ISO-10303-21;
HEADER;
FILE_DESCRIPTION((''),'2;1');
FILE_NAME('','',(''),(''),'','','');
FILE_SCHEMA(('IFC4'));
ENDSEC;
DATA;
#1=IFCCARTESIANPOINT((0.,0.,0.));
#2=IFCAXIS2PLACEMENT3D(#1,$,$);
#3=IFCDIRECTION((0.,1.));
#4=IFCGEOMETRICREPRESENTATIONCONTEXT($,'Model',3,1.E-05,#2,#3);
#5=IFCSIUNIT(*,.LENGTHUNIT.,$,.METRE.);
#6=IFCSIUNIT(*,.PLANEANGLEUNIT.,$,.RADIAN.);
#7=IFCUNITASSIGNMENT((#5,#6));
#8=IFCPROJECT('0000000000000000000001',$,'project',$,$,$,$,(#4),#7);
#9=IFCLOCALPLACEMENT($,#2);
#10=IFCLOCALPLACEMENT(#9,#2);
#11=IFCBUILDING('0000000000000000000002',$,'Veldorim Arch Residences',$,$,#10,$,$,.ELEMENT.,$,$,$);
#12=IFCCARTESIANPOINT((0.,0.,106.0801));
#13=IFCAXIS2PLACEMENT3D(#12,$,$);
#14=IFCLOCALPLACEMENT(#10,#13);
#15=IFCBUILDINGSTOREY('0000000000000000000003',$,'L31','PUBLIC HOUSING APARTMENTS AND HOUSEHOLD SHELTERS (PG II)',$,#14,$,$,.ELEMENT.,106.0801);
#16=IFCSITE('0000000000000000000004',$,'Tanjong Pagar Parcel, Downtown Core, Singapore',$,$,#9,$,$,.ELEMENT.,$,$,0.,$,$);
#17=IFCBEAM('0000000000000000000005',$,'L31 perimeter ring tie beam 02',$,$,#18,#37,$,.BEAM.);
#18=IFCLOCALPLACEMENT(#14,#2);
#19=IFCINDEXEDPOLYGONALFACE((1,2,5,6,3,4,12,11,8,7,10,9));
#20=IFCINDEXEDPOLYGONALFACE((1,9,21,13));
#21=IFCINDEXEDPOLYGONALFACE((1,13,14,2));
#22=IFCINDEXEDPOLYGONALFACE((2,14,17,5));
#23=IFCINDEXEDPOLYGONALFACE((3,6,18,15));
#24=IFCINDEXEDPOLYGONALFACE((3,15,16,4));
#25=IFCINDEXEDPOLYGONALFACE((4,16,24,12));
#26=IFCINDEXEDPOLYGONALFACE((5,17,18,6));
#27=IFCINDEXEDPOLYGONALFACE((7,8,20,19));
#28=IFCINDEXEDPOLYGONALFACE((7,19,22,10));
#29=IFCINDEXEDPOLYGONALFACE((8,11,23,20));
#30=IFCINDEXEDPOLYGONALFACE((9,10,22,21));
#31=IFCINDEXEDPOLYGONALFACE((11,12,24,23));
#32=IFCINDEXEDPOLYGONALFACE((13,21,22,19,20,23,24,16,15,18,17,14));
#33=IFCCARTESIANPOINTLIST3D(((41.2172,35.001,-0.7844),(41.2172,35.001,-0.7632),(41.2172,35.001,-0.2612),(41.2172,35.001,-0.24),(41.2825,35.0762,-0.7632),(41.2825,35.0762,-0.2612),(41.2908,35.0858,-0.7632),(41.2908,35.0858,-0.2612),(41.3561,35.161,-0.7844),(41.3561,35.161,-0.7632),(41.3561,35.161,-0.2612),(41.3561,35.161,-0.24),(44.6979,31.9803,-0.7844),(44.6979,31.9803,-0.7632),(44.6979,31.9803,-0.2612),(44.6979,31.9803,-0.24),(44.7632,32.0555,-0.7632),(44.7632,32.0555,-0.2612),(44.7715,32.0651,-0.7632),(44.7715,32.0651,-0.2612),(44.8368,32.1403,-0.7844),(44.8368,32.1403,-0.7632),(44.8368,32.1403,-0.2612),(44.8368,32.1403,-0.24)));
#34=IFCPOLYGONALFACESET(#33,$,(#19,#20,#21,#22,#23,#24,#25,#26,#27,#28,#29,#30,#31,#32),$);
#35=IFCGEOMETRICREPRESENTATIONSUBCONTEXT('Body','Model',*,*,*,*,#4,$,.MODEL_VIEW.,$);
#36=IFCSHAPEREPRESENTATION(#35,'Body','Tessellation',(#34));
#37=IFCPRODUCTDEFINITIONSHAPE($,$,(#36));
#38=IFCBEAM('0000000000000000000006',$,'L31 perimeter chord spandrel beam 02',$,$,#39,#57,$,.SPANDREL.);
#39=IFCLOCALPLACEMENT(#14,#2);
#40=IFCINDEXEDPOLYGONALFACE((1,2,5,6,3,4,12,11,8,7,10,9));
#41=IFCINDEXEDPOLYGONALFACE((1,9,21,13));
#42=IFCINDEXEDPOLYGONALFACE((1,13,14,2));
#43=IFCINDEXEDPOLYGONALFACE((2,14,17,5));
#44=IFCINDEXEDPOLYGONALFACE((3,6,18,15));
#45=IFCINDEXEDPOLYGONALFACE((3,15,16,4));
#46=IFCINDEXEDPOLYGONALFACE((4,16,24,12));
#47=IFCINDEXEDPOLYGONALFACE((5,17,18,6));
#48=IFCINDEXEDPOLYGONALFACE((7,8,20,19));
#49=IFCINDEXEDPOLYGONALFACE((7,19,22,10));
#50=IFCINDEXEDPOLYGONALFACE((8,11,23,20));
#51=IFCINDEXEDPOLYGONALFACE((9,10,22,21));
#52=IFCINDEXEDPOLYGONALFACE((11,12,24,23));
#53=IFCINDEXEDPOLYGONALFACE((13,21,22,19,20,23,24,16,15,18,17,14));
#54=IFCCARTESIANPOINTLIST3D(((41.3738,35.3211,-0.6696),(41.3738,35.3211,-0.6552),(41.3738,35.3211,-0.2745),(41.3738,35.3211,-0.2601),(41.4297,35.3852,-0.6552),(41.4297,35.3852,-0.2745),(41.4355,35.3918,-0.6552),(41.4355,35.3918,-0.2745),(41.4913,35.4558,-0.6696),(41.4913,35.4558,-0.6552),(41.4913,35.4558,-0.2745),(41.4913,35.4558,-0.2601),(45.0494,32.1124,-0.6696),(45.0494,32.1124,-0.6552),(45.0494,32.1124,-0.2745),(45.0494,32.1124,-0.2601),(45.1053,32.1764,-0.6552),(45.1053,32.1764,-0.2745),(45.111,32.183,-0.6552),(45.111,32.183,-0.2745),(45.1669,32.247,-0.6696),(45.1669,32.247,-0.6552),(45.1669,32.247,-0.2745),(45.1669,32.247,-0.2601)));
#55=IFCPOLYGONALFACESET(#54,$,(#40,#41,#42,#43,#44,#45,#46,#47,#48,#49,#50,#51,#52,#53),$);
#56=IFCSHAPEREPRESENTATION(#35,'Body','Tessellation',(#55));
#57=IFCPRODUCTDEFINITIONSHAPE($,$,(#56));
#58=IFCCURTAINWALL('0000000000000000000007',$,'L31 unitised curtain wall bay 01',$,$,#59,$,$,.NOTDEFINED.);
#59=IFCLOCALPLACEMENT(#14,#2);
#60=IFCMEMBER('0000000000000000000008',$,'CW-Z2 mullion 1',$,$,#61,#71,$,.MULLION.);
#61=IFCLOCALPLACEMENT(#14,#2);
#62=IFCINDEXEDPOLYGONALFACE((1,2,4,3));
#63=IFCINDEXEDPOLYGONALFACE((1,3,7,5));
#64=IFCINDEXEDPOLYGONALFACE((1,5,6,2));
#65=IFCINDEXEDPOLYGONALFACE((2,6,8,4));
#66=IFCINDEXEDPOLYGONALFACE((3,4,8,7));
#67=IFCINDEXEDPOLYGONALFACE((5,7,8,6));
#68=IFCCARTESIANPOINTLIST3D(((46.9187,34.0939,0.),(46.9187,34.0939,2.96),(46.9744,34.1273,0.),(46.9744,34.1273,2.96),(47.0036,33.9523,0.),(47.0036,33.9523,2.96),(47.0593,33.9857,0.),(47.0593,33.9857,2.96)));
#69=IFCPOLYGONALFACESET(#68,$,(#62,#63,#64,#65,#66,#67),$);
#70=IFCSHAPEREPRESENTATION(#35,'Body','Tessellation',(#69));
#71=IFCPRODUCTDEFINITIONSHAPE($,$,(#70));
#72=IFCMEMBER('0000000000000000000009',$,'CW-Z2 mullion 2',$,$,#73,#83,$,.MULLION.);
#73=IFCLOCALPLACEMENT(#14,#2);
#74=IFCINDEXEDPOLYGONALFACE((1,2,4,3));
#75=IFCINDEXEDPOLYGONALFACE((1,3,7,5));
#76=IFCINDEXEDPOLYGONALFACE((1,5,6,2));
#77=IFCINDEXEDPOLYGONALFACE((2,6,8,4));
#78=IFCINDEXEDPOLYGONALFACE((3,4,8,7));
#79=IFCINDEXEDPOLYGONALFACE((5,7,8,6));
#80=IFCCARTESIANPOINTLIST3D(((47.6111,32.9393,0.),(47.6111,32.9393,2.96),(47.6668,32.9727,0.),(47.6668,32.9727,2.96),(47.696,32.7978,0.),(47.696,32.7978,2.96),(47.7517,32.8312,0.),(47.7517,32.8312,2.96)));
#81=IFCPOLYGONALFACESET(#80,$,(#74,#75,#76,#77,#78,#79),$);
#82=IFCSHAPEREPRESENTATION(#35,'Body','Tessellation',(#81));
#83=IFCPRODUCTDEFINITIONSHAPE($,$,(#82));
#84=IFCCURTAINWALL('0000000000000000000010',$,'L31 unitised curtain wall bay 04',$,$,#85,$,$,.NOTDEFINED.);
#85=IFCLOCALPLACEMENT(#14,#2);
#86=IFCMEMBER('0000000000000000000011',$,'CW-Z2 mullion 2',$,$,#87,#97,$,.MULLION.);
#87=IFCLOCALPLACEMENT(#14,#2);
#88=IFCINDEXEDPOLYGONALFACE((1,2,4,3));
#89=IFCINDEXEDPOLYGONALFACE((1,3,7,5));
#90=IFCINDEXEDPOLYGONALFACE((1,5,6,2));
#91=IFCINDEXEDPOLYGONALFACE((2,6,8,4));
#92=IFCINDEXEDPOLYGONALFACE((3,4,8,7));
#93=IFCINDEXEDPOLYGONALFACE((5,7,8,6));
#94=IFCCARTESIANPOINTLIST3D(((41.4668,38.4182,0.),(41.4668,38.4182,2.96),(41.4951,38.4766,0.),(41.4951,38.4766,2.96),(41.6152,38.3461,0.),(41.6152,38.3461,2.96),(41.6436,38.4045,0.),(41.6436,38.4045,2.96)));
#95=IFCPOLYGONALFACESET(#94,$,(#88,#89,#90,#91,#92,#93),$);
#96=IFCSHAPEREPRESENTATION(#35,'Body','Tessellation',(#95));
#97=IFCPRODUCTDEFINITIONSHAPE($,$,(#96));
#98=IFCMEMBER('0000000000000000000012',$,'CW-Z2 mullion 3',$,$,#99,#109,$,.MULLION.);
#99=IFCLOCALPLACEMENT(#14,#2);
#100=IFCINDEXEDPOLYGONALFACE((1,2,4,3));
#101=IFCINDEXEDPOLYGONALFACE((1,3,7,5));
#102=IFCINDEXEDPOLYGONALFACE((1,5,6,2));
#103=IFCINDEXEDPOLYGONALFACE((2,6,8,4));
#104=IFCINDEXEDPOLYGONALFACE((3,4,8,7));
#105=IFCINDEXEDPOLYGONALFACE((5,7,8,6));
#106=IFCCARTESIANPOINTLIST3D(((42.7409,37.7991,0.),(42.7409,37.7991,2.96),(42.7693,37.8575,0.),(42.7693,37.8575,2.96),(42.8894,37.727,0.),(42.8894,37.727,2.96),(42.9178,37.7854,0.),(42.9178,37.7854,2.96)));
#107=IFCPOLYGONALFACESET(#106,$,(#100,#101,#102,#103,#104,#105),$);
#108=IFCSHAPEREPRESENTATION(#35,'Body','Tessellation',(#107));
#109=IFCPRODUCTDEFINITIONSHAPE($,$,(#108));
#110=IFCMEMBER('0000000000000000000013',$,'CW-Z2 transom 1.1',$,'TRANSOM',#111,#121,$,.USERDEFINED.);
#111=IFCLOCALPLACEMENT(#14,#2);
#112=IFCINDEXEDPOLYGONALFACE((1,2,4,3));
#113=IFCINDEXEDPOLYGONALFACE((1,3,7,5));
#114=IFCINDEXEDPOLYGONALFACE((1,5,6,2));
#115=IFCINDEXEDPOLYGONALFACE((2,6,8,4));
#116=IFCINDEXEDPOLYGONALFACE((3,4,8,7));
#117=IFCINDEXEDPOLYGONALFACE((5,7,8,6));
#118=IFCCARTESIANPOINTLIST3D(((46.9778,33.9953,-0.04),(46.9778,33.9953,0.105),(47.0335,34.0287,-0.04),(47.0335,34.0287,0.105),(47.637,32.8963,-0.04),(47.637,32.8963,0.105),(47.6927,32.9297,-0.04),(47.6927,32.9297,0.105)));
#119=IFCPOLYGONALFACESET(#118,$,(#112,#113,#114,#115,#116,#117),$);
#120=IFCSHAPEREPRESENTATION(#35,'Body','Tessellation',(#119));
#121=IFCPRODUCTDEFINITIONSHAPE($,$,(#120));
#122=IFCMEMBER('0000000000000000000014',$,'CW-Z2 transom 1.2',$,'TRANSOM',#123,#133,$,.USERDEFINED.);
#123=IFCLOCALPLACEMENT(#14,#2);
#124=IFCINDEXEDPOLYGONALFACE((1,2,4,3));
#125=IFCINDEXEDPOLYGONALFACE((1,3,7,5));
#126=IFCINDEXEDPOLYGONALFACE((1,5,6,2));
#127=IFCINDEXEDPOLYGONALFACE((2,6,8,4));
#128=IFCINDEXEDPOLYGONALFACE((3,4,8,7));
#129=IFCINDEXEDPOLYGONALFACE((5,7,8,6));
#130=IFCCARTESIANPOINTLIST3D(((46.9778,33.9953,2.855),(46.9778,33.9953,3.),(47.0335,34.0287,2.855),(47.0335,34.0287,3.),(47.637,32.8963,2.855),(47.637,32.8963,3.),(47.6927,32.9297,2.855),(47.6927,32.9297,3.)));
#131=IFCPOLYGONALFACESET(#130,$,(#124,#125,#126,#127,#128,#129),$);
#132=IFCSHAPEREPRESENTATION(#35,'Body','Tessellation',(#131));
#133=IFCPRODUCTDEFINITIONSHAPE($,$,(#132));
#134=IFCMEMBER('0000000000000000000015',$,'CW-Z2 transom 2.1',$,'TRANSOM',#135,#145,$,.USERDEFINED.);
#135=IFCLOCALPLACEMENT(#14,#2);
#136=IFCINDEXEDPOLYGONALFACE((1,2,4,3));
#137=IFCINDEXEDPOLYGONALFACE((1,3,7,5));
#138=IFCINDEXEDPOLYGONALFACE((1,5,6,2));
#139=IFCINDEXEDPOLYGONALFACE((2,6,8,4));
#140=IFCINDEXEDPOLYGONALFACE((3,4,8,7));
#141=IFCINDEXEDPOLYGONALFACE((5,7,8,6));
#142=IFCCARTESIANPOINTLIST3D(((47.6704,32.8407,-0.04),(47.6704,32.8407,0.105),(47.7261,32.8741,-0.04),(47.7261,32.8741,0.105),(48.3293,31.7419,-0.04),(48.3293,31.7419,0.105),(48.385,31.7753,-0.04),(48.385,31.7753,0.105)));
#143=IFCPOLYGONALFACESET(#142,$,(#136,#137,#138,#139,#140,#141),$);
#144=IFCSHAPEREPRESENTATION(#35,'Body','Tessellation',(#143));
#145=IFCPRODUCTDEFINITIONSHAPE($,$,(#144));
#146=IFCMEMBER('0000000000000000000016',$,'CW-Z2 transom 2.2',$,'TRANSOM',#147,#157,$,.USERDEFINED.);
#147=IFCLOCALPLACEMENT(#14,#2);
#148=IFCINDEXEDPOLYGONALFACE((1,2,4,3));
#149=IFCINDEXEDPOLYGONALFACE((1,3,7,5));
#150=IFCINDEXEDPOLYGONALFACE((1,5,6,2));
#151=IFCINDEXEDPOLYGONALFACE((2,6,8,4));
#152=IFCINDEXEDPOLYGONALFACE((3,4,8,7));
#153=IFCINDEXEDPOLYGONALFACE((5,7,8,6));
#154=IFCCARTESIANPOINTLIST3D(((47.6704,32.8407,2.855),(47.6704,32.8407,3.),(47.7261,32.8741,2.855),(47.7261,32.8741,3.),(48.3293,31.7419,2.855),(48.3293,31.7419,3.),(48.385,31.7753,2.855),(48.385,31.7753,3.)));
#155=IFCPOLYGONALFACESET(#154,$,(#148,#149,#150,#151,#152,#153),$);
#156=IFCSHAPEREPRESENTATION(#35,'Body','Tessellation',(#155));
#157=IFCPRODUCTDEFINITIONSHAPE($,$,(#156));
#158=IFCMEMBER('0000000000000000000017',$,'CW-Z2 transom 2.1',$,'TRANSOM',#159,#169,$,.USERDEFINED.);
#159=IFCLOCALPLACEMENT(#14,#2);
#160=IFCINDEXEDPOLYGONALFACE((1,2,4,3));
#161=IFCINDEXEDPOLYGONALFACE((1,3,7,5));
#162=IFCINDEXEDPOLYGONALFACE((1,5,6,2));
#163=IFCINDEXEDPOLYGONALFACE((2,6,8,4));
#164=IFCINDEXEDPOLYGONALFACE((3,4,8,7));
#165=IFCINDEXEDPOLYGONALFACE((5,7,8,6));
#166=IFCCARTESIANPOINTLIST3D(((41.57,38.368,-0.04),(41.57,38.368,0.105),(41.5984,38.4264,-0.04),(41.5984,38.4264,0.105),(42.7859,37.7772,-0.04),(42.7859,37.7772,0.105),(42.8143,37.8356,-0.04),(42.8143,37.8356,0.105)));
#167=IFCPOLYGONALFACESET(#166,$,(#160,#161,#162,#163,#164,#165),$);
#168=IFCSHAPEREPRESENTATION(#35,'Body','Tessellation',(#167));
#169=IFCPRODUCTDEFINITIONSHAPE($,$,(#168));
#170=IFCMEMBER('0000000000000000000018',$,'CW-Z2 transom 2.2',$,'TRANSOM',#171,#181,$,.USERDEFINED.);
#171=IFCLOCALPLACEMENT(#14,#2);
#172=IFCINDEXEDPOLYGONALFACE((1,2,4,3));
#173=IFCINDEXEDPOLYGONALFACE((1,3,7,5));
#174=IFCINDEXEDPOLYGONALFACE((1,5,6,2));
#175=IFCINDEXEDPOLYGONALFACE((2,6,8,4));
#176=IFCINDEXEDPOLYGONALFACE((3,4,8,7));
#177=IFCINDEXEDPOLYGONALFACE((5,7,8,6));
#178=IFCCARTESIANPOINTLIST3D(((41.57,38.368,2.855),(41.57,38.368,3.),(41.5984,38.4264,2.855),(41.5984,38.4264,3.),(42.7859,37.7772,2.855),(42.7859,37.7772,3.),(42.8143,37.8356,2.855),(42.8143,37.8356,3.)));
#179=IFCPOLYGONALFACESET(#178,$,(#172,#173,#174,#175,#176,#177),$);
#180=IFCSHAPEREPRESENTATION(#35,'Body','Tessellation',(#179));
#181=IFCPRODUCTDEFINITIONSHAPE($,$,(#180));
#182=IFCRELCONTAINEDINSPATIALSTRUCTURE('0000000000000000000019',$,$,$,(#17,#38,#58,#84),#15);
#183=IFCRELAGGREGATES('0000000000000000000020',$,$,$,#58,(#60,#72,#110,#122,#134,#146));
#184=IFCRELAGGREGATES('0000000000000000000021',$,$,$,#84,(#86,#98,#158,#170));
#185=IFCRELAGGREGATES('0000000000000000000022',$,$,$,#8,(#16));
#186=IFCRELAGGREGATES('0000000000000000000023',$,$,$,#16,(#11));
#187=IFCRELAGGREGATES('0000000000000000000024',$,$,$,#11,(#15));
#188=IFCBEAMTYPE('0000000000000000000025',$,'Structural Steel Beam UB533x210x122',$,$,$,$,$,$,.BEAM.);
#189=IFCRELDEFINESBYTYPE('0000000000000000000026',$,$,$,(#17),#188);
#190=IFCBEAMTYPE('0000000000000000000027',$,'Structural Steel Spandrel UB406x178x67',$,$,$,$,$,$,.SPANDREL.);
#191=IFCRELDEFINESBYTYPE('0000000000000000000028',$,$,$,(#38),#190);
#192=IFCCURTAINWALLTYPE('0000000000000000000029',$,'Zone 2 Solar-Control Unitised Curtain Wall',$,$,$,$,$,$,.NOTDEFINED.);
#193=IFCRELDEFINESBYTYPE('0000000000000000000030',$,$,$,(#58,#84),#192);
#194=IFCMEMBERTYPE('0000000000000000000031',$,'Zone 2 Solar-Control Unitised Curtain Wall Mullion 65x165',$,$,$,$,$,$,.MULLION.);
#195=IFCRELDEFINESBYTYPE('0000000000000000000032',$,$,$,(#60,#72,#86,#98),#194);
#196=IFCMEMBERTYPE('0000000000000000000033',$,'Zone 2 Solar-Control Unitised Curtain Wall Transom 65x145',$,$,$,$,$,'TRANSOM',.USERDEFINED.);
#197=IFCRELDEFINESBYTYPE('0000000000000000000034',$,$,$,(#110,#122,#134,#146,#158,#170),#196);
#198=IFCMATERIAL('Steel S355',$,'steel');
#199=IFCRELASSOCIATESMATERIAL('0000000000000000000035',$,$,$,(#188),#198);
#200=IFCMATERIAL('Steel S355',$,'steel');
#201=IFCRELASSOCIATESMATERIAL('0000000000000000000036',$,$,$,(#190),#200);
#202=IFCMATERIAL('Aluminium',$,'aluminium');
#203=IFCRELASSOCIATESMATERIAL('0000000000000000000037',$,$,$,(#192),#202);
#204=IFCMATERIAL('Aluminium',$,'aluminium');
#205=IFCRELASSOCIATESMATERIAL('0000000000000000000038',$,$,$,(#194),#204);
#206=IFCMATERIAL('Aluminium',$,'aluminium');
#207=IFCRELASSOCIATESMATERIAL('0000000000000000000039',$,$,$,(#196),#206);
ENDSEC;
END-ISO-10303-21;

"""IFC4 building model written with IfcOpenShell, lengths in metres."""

from ifc_helpers import new_model, si_unit, direction, frame, origin, origin_2d, place, context, subcontext, project, spatial, rectangle, i_section, extrude, material, material_profile, profile_set, type_object, element, aggregate, save


model = new_model("IFC4")

# Units and contexts
model_context = context("Model", 3, precision=1e-05, world=origin(), true_north=direction((0.0, 1.0)))
body_context = subcontext(model_context, "Body", "Model", "MODEL_VIEW")
ifc_project = project(units=[si_unit("LENGTHUNIT", "METRE"), si_unit("PLANEANGLEUNIT", "RADIAN")], contexts=[model_context])

# Site, building, storey
site_placement = place(None, origin())
site = spatial("IfcSite", under=ifc_project, at=site_placement, Name="Tanjong Pagar Parcel, Downtown Core, Singapore", CompositionType="ELEMENT", RefElevation=0.0)
building_placement = place(site_placement, origin())
building = spatial("IfcBuilding", under=site, at=building_placement, Name="Veldorim Arch Residences", CompositionType="ELEMENT")
storey_placement = place(building_placement, frame((0.0, 0.0, 106.0801)))
storey = spatial("IfcBuildingStorey", under=building, at=storey_placement, Name="L31", Description="PUBLIC HOUSING APARTMENTS AND HOUSEHOLD SHELTERS (PG II)", CompositionType="ELEMENT", Elevation=106.0801)

# Beams
ifc_material_1 = material(Name="Steel S355", Category="steel")
ifc_material_profile_1 = material_profile(ifc_material_1, i_section(OverallWidth=0.2119, OverallDepth=0.5444, WebThickness=0.0127, FlangeThickness=0.0212, at=origin_2d()), Name="UB533x210x122")
ifc_profile_set_1 = profile_set([ifc_material_profile_1], Name="Steel S355")
beam_type_1 = type_object("IfcBeamType", Name="Structural Steel Beam UB533x210x122", PredefinedType="BEAM", material=ifc_profile_set_1)
beam_1_placement = place(storey_placement, frame((44.7673, 32.0603, -0.5122), z_axis=(-0.755245, 0.655443, 0.0), x_axis=(-0.655443, -0.755245, 0.0)))
element("IfcBeam", 1, at=beam_1_placement, inside=storey, type_object=beam_type_1, Name="L31 perimeter ring tie beam 02", PredefinedType="BEAM", context=body_context, shape_type="SweptSolid", body=[
    extrude(i_section(OverallWidth=0.2119, OverallDepth=0.5444, WebThickness=0.0127, FlangeThickness=0.0212, at=origin_2d()), origin(), (0.0, 0.0, 1.0), 4.6086),
])
ifc_material_2 = material(Name="Steel S355", Category="steel")
ifc_material_profile_2 = material_profile(ifc_material_2, i_section(OverallWidth=0.1787, OverallDepth=0.4094, WebThickness=0.0088, FlangeThickness=0.0144, at=origin_2d()), Name="UB406x178x67")
ifc_profile_set_2 = profile_set([ifc_material_profile_2], Name="Steel S355")
beam_type_2 = type_object("IfcBeamType", Name="Structural Steel Spandrel UB406x178x67", PredefinedType="SPANDREL", material=ifc_profile_set_2)
beam_2_placement = place(storey_placement, frame((45.1082, 32.1797, -0.4648), z_axis=(-0.753323, 0.65765, 0.0), x_axis=(-0.65765, -0.753323, 0.0)))
element("IfcBeam", 2, at=beam_2_placement, inside=storey, type_object=beam_type_2, Name="L31 perimeter chord spandrel beam 02", PredefinedType="SPANDREL", context=body_context, shape_type="SweptSolid", body=[
    extrude(i_section(OverallWidth=0.1787, OverallDepth=0.4094, WebThickness=0.0088, FlangeThickness=0.0144, at=origin_2d()), origin(), (0.0, 0.0, 1.0), 4.8792),
])

# Curtain walls, members
ifc_material_3 = material(Name="Aluminium", Category="aluminium")
curtain_wall_type = type_object("IfcCurtainWallType", Name="Zone 2 Solar-Control Unitised Curtain Wall", PredefinedType="NOTDEFINED", material=ifc_material_3)
curtain_wall_1_placement = place(storey_placement, origin())
curtain_wall_1 = element("IfcCurtainWall", 3, at=curtain_wall_1_placement, inside=storey, type_object=curtain_wall_type, Name="L31 unitised curtain wall bay 01", PredefinedType="NOTDEFINED")
ifc_material_4 = material(Name="Aluminium", Category="aluminium")
ifc_material_profile_3 = material_profile(ifc_material_4, rectangle(XDim=0.0649, YDim=0.165, at=origin_2d()), Name="ALU_MUL_65x165")
ifc_profile_set_3 = profile_set([ifc_material_profile_3], Name="Aluminium")
member_type_1 = type_object("IfcMemberType", Name="Zone 2 Solar-Control Unitised Curtain Wall Mullion 65x165", PredefinedType="MULLION", material=ifc_profile_set_3)
member_1_placement = place(storey_placement, frame((46.989, 34.0398, 0.0), z_axis=(0.0, 0.0, 1.0), x_axis=(0.85757, 0.514368, 0.0)))
member_1 = element("IfcMember", 4, at=member_1_placement, type_object=member_type_1, Name="CW-Z2 mullion 1", PredefinedType="MULLION", context=body_context, shape_type="SweptSolid", body=[
    extrude(rectangle(XDim=0.0649, YDim=0.165, at=origin_2d()), origin(), (0.0, 0.0, 1.0), 2.96),
])
member_2_placement = place(storey_placement, frame((47.6814, 32.8853, 0.0), z_axis=(0.0, 0.0, 1.0), x_axis=(0.85757, 0.514368, 0.0)))
member_2 = element("IfcMember", 5, at=member_2_placement, type_object=member_type_1, Name="CW-Z2 mullion 2", PredefinedType="MULLION", context=body_context, shape_type="SweptSolid", body=[
    extrude(rectangle(XDim=0.0649, YDim=0.165, at=origin_2d()), origin(), (0.0, 0.0, 1.0), 2.96),
])
curtain_wall_2_placement = place(storey_placement, origin())
curtain_wall_2 = element("IfcCurtainWall", 6, at=curtain_wall_2_placement, inside=storey, type_object=curtain_wall_type, Name="L31 unitised curtain wall bay 04", PredefinedType="NOTDEFINED")
member_3_placement = place(storey_placement, frame((41.5552, 38.4114, 0.0), z_axis=(0.0, 0.0, 1.0), x_axis=(0.437, 0.899462, 0.0)))
member_3 = element("IfcMember", 7, at=member_3_placement, type_object=member_type_1, Name="CW-Z2 mullion 2", PredefinedType="MULLION", context=body_context, shape_type="SweptSolid", body=[
    extrude(rectangle(XDim=0.0649, YDim=0.165, at=origin_2d()), origin(), (0.0, 0.0, 1.0), 2.96),
])
member_4_placement = place(storey_placement, frame((42.8293, 37.7922, 0.0), z_axis=(0.0, 0.0, 1.0), x_axis=(0.437, 0.899462, 0.0)))
member_4 = element("IfcMember", 8, at=member_4_placement, type_object=member_type_1, Name="CW-Z2 mullion 3", PredefinedType="MULLION", context=body_context, shape_type="SweptSolid", body=[
    extrude(rectangle(XDim=0.0649, YDim=0.165, at=origin_2d()), origin(), (0.0, 0.0, 1.0), 2.96),
])

# Members
ifc_material_5 = material(Name="Aluminium", Category="aluminium")
ifc_material_profile_4 = material_profile(ifc_material_5, rectangle(XDim=0.0649, YDim=0.145, at=origin_2d()), Name="ALU_TRN_65x145")
ifc_profile_set_4 = profile_set([ifc_material_profile_4], Name="Aluminium")
member_type_2 = type_object("IfcMemberType", Name="Zone 2 Solar-Control Unitised Curtain Wall Transom 65x145", ElementType="TRANSOM", PredefinedType="USERDEFINED", material=ifc_profile_set_4)
member_5_placement = place(storey_placement, frame((47.0056, 34.012, 0.0325), z_axis=(0.514412, -0.857543, 0.0), x_axis=(0.857543, 0.514412, 0.0)))
member_5 = element("IfcMember", 9, at=member_5_placement, type_object=member_type_2, Name="CW-Z2 transom 1.1", ObjectType="TRANSOM", PredefinedType="USERDEFINED", context=body_context, shape_type="SweptSolid", body=[
    extrude(rectangle(XDim=0.0649, YDim=0.145, at=origin_2d()), origin(), (0.0, 0.0, 1.0), 1.2815),
])
member_6_placement = place(storey_placement, frame((47.0056, 34.012, 2.9275), z_axis=(0.514412, -0.857543, 0.0), x_axis=(0.857543, 0.514412, 0.0)))
member_6 = element("IfcMember", 10, at=member_6_placement, type_object=member_type_2, Name="CW-Z2 transom 1.2", ObjectType="TRANSOM", PredefinedType="USERDEFINED", context=body_context, shape_type="SweptSolid", body=[
    extrude(rectangle(XDim=0.0649, YDim=0.145, at=origin_2d()), origin(), (0.0, 0.0, 1.0), 1.2815),
])
member_7_placement = place(storey_placement, frame((47.6982, 32.8574, 0.0325), z_axis=(0.514272, -0.857627, 0.0), x_axis=(0.857627, 0.514272, 0.0)))
member_7 = element("IfcMember", 11, at=member_7_placement, type_object=member_type_2, Name="CW-Z2 transom 2.1", ObjectType="TRANSOM", PredefinedType="USERDEFINED", context=body_context, shape_type="SweptSolid", body=[
    extrude(rectangle(XDim=0.0649, YDim=0.145, at=origin_2d()), origin(), (0.0, 0.0, 1.0), 1.2812),
])
member_8_placement = place(storey_placement, frame((47.6982, 32.8574, 2.9275), z_axis=(0.514272, -0.857627, 0.0), x_axis=(0.857627, 0.514272, 0.0)))
member_8 = element("IfcMember", 12, at=member_8_placement, type_object=member_type_2, Name="CW-Z2 transom 2.2", ObjectType="TRANSOM", PredefinedType="USERDEFINED", context=body_context, shape_type="SweptSolid", body=[
    extrude(rectangle(XDim=0.0649, YDim=0.145, at=origin_2d()), origin(), (0.0, 0.0, 1.0), 1.2812),
])
member_9_placement = place(storey_placement, frame((41.5842, 38.3972, 0.0325), z_axis=(0.899427, -0.437071, 0.0), x_axis=(0.437071, 0.899427, 0.0)))
member_9 = element("IfcMember", 13, at=member_9_placement, type_object=member_type_2, Name="CW-Z2 transom 2.1", ObjectType="TRANSOM", PredefinedType="USERDEFINED", context=body_context, shape_type="SweptSolid", body=[
    extrude(rectangle(XDim=0.0649, YDim=0.145, at=origin_2d()), origin(), (0.0, 0.0, 1.0), 1.3518),
])
member_10_placement = place(storey_placement, frame((41.5842, 38.3972, 2.9275), z_axis=(0.899427, -0.437071, 0.0), x_axis=(0.437071, 0.899427, 0.0)))
member_10 = element("IfcMember", 14, at=member_10_placement, type_object=member_type_2, Name="CW-Z2 transom 2.2", ObjectType="TRANSOM", PredefinedType="USERDEFINED", context=body_context, shape_type="SweptSolid", body=[
    extrude(rectangle(XDim=0.0649, YDim=0.145, at=origin_2d()), origin(), (0.0, 0.0, 1.0), 1.3518),
])

aggregate(curtain_wall_1, [member_1, member_2, member_5, member_6, member_7, member_8])
aggregate(curtain_wall_2, [member_3, member_4, member_9, member_10])

save(model, "model.ifc")
